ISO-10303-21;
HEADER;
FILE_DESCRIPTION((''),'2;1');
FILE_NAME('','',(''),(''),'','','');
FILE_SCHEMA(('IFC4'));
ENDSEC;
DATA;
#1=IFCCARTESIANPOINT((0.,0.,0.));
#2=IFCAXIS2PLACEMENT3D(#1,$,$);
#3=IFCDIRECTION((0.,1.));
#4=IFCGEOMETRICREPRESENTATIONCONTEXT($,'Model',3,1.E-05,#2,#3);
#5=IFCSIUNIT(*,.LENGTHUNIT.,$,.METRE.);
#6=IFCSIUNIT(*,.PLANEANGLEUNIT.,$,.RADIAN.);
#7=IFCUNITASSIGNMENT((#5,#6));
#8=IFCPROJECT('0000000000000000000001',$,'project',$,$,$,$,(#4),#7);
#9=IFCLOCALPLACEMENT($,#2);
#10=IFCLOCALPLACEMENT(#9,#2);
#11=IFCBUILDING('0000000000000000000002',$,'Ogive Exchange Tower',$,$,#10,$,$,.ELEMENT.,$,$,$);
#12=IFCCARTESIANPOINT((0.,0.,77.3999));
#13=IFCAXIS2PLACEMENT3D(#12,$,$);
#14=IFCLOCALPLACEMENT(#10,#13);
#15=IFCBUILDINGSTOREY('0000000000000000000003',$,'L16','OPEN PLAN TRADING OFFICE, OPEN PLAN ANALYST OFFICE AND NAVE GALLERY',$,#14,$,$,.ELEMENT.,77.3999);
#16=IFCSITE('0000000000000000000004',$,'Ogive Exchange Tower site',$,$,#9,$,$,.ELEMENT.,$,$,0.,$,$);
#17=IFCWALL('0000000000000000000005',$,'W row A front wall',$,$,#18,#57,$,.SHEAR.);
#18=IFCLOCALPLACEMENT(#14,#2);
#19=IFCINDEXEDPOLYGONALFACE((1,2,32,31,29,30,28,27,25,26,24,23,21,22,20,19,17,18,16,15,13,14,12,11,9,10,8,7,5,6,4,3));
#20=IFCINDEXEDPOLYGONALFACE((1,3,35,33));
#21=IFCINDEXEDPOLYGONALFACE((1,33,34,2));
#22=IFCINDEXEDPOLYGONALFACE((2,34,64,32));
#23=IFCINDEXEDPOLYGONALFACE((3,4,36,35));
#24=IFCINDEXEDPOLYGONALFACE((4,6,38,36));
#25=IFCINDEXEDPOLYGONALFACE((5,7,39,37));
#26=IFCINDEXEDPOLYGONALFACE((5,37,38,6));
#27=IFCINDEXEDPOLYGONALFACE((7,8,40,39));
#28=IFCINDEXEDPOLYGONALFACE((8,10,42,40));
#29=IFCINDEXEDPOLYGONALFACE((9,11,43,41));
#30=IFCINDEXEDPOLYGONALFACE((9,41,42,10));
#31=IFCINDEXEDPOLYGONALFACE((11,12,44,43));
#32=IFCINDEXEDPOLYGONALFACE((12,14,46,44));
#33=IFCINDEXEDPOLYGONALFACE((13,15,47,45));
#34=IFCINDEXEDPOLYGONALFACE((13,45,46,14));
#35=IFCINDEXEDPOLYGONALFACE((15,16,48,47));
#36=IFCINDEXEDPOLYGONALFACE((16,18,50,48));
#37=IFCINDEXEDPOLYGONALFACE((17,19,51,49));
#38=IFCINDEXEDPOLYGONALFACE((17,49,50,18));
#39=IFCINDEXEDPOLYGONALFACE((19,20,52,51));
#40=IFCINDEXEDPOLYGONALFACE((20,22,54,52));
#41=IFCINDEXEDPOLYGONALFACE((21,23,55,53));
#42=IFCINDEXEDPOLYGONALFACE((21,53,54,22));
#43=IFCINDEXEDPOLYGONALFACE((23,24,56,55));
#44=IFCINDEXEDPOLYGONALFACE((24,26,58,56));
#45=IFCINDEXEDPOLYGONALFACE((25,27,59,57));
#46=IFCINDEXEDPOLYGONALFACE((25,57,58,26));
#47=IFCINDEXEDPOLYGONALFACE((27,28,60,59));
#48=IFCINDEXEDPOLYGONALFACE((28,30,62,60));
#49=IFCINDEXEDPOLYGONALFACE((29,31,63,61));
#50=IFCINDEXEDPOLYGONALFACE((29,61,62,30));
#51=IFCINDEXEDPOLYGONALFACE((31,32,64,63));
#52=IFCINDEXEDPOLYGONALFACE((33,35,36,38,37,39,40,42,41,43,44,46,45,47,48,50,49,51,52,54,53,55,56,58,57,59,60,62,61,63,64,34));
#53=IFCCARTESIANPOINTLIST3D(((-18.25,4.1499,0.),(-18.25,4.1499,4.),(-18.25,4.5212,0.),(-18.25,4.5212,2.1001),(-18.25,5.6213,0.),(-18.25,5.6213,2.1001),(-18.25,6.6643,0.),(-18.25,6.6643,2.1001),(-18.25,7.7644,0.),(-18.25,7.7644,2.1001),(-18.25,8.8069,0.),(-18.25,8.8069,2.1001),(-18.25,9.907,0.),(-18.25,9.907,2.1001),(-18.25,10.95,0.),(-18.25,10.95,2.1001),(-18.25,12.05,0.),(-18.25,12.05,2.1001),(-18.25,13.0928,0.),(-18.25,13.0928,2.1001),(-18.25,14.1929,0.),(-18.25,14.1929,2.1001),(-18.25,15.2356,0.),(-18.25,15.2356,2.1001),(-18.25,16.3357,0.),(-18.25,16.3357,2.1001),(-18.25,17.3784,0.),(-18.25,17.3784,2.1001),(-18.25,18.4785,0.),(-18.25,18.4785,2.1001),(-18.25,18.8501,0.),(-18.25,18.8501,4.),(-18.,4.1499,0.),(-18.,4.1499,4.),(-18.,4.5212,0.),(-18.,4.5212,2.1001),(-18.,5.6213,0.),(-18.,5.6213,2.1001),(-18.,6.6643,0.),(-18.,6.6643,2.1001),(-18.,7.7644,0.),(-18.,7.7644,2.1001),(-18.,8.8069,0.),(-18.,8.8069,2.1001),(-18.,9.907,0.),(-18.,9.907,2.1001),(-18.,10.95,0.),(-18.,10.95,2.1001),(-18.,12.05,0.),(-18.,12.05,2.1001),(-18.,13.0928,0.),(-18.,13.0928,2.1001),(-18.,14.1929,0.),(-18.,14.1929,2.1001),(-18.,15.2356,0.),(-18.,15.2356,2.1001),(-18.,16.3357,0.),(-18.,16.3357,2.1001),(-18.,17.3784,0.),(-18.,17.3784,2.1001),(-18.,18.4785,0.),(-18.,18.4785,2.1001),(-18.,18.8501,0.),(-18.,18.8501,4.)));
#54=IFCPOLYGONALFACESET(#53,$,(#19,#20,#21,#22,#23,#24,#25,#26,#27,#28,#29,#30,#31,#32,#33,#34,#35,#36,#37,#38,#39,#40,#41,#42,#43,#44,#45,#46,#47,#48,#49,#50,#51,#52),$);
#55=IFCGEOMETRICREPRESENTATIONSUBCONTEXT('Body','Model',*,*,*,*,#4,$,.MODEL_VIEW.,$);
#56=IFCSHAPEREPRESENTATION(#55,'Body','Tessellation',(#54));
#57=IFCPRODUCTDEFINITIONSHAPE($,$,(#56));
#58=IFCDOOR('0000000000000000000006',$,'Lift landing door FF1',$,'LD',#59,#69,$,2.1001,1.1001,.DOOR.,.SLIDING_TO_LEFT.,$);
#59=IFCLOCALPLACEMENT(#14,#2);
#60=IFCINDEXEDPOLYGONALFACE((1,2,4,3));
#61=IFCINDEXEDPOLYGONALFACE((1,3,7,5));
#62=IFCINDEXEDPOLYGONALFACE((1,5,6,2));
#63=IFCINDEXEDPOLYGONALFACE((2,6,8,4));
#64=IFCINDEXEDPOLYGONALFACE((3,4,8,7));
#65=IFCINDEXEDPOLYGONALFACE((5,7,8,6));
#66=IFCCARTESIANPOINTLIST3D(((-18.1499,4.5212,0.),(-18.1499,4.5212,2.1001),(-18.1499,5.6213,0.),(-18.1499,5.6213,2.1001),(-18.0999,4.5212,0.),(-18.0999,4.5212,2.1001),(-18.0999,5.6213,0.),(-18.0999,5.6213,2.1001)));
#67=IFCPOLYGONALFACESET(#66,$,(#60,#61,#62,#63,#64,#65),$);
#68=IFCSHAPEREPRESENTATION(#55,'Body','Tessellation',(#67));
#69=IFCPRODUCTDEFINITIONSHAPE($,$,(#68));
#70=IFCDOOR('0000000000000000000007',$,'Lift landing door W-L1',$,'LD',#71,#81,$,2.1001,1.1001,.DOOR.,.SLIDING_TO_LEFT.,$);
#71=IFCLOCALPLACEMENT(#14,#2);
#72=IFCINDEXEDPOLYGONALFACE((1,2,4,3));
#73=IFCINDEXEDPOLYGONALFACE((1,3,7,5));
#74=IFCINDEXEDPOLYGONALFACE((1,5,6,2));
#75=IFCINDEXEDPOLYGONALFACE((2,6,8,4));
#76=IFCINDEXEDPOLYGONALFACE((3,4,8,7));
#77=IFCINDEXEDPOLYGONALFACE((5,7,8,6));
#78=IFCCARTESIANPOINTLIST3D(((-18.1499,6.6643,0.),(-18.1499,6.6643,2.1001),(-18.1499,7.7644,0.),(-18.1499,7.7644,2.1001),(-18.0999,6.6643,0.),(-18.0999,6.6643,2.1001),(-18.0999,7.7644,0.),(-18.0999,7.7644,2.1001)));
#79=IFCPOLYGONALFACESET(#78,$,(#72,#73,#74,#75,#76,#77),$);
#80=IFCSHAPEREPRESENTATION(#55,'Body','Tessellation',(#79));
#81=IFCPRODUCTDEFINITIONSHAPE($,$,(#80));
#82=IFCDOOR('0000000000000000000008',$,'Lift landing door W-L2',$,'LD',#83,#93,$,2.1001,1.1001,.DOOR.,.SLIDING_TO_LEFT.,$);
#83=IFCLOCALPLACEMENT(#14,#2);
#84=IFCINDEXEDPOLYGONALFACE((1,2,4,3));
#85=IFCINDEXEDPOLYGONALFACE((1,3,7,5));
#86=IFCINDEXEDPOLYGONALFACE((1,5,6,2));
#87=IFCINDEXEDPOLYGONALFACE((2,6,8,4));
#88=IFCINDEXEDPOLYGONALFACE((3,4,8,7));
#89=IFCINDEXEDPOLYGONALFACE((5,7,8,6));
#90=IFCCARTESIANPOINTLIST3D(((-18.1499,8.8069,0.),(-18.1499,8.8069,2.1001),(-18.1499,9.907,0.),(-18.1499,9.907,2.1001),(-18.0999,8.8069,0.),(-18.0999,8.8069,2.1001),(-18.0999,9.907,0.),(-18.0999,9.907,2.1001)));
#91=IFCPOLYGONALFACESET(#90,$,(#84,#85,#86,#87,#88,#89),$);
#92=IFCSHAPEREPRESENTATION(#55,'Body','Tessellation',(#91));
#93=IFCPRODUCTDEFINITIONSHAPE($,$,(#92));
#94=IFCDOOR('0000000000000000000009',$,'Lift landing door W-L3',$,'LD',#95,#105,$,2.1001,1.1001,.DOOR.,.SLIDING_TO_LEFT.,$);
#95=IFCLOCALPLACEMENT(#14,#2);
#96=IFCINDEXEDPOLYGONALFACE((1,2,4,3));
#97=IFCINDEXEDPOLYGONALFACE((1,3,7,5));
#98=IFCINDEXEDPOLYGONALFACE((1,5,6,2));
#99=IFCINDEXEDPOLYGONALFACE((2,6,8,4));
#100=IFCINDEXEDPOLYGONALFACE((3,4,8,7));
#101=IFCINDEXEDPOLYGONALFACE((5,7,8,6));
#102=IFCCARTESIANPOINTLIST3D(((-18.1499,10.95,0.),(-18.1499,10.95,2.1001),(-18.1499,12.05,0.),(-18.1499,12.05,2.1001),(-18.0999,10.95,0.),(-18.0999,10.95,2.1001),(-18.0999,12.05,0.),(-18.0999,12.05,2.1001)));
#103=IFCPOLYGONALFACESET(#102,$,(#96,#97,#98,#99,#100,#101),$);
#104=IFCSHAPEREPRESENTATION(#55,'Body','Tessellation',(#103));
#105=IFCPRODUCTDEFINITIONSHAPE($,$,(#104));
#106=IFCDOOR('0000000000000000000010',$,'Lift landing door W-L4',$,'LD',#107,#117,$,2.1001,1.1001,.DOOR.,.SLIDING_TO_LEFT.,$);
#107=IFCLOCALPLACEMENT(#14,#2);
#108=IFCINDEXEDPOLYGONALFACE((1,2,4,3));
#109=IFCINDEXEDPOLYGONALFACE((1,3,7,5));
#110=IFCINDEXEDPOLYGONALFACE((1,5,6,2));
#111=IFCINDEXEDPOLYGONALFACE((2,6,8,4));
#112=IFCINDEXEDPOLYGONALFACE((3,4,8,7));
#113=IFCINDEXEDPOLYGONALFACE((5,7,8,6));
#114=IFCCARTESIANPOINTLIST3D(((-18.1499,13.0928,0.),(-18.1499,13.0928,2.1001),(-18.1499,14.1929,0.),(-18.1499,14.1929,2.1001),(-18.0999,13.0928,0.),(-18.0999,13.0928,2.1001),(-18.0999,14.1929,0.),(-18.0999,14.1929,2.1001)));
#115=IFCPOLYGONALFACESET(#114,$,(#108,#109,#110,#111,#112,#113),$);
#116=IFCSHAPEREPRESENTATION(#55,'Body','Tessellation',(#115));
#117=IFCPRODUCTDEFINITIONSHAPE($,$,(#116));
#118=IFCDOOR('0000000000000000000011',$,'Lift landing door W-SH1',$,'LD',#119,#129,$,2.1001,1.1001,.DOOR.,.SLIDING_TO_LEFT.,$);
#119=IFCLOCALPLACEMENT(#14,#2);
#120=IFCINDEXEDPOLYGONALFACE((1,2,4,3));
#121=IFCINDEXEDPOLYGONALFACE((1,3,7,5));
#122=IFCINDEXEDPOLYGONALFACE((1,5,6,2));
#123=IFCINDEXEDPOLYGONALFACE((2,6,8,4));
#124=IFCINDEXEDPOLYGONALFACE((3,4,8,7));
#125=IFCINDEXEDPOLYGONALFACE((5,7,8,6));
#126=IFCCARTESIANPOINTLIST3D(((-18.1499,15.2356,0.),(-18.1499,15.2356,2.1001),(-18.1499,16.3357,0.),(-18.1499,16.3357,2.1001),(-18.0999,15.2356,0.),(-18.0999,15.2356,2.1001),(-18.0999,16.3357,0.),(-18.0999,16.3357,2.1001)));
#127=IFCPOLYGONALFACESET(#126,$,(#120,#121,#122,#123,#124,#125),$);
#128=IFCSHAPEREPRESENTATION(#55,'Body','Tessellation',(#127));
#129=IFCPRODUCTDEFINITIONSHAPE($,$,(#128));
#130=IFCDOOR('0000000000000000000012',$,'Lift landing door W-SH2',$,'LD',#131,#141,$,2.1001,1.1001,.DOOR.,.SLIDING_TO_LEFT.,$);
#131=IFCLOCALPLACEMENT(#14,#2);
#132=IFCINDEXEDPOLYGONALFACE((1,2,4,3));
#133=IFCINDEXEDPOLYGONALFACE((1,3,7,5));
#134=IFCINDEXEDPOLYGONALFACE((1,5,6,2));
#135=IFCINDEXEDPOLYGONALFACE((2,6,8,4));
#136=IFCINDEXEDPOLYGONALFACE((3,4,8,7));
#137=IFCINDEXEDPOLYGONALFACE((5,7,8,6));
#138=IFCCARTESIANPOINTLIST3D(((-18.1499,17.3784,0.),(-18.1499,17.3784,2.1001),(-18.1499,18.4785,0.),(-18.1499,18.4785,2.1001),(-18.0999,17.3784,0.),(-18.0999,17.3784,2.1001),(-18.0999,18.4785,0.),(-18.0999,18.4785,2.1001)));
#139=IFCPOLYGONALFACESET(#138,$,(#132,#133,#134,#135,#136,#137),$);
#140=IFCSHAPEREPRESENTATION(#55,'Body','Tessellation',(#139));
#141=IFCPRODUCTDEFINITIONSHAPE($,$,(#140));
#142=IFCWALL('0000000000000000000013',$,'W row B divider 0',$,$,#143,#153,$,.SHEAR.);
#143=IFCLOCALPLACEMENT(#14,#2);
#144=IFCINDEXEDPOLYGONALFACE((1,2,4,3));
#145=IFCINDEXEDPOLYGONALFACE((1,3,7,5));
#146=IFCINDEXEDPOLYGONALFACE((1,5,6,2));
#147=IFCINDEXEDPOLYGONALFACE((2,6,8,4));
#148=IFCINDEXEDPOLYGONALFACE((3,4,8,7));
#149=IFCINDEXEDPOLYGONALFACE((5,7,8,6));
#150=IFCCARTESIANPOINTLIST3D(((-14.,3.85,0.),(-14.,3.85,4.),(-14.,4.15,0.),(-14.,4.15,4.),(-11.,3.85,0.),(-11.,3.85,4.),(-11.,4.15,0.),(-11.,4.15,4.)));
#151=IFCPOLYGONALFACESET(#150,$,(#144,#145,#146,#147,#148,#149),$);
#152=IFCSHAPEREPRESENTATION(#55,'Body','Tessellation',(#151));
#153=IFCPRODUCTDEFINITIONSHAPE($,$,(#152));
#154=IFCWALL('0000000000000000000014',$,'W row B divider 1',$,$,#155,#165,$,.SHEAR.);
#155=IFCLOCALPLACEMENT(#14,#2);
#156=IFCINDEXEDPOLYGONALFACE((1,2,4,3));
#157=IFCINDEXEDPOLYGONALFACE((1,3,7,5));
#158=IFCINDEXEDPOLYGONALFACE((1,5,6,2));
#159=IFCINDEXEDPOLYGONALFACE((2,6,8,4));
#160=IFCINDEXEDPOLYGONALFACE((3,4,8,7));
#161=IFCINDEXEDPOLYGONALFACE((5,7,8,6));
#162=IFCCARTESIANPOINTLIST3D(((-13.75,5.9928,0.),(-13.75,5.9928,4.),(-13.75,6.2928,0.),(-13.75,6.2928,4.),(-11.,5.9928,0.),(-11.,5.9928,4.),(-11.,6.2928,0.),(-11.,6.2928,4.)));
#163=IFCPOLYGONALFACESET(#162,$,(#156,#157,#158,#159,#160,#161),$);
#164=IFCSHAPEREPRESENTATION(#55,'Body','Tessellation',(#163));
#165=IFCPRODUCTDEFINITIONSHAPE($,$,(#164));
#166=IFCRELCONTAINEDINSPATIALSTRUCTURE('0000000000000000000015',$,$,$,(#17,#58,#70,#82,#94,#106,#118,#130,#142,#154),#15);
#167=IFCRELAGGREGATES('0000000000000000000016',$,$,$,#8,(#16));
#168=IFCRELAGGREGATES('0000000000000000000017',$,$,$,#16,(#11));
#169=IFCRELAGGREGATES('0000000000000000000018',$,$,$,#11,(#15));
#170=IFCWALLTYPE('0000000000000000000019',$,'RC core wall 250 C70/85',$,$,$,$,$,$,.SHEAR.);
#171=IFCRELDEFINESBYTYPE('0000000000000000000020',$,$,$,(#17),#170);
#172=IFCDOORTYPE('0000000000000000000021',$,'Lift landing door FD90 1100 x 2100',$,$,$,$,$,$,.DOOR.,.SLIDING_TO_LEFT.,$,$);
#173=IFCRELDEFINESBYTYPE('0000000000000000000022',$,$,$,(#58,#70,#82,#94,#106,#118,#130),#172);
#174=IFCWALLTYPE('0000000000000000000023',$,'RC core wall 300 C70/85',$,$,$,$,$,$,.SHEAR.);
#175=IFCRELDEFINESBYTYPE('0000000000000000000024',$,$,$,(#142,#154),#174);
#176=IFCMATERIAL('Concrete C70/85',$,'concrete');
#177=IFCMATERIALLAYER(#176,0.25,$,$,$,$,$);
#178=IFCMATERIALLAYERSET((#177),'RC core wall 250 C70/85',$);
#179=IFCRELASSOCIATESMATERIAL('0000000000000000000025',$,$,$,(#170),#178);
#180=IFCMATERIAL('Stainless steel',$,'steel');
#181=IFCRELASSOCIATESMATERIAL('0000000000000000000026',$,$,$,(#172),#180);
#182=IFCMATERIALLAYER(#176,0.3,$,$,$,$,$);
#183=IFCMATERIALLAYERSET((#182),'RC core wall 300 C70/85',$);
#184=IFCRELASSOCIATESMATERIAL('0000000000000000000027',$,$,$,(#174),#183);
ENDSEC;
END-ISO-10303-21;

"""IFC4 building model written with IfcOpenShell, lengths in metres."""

from ifc_helpers import new_model, si_unit, direction, frame, frame_2d, origin, place, context, subcontext, project, spatial, rectangle, extrude, material, layer, layer_set, type_object, element, fill, save


model = new_model("IFC4")

# Units and contexts
model_context = context("Model", 3, precision=1e-05, world=origin(), true_north=direction((0.0, 1.0)))
body_context = subcontext(model_context, "Body", "Model", "MODEL_VIEW")
ifc_project = project(units=[si_unit("LENGTHUNIT", "METRE"), si_unit("PLANEANGLEUNIT", "RADIAN")], contexts=[model_context])

# Site, building, storey
site_placement = place(None, origin())
site = spatial("IfcSite", under=ifc_project, at=site_placement, Name="Ogive Exchange Tower site", CompositionType="ELEMENT", RefElevation=0.0)
building_placement = place(site_placement, origin())
building = spatial("IfcBuilding", under=site, at=building_placement, Name="Ogive Exchange Tower", CompositionType="ELEMENT")
storey_placement = place(building_placement, frame((0.0, 0.0, 77.3999)))
storey = spatial("IfcBuildingStorey", under=building, at=storey_placement, Name="L16", Description="OPEN PLAN TRADING OFFICE, OPEN PLAN ANALYST OFFICE AND NAVE GALLERY", CompositionType="ELEMENT", Elevation=77.3999)

# Shared definitions
ifc_material_1 = material(Name="Concrete C70/85", Category="concrete")
ifc_layer_1 = layer(ifc_material_1, 0.25)
ifc_layer_set_1 = layer_set([ifc_layer_1], Name="RC core wall 250 C70/85")
wall_type_1 = type_object("IfcWallType", Name="RC core wall 250 C70/85", PredefinedType="SHEAR", material=ifc_layer_set_1)

# Wall, openings, doors
wall_1_placement = place(storey_placement, frame((-18.125, 4.1499, 0.0), z_axis=(0.0, 0.0, 1.0), x_axis=(0.0, 1.0, 0.0)))
wall_1 = element("IfcWall", 1, at=wall_1_placement, inside=storey, type_object=wall_type_1, Name="W row A front wall", PredefinedType="SHEAR", context=body_context, shape_type="SweptSolid", body=[
    extrude(rectangle(XDim=14.7002, YDim=0.25, at=frame_2d((7.3501, 0.0))), origin(), (0.0, 0.0, 1.0), 4.0),
])
opening_1_placement = place(wall_1_placement, frame((0.3713, 0.0, 0.0)))
opening_1 = element("IfcOpeningElement", 2, at=opening_1_placement, cuts=wall_1, PredefinedType="OPENING", context=body_context, shape_type="SweptSolid", body=[
    extrude(rectangle(XDim=1.1001, YDim=2.1001, at=frame_2d((0.55, 1.05))), frame((0.0, 0.135, 0.0), z_axis=(0.0, -1.0, 0.0), x_axis=(1.0, 0.0, 0.0)), (0.0, 0.0, 1.0), 0.27),
])
opening_2_placement = place(wall_1_placement, frame((2.5144, 0.0, 0.0)))
opening_2 = element("IfcOpeningElement", 3, at=opening_2_placement, cuts=wall_1, PredefinedType="OPENING", context=body_context, shape_type="SweptSolid", body=[
    extrude(rectangle(XDim=1.1001, YDim=2.1001, at=frame_2d((0.55, 1.05))), frame((0.0, 0.135, 0.0), z_axis=(0.0, -1.0, 0.0), x_axis=(1.0, 0.0, 0.0)), (0.0, 0.0, 1.0), 0.27),
])
opening_3_placement = place(wall_1_placement, frame((4.657, 0.0, 0.0)))
opening_3 = element("IfcOpeningElement", 4, at=opening_3_placement, cuts=wall_1, PredefinedType="OPENING", context=body_context, shape_type="SweptSolid", body=[
    extrude(rectangle(XDim=1.1001, YDim=2.1001, at=frame_2d((0.55, 1.05))), frame((0.0, 0.135, 0.0), z_axis=(0.0, -1.0, 0.0), x_axis=(1.0, 0.0, 0.0)), (0.0, 0.0, 1.0), 0.27),
])
opening_4_placement = place(wall_1_placement, frame((6.8, 0.0, 0.0)))
opening_4 = element("IfcOpeningElement", 5, at=opening_4_placement, cuts=wall_1, PredefinedType="OPENING", context=body_context, shape_type="SweptSolid", body=[
    extrude(rectangle(XDim=1.1001, YDim=2.1001, at=frame_2d((0.55, 1.05))), frame((0.0, 0.135, 0.0), z_axis=(0.0, -1.0, 0.0), x_axis=(1.0, 0.0, 0.0)), (0.0, 0.0, 1.0), 0.27),
])
opening_5_placement = place(wall_1_placement, frame((8.9429, 0.0, 0.0)))
opening_5 = element("IfcOpeningElement", 6, at=opening_5_placement, cuts=wall_1, PredefinedType="OPENING", context=body_context, shape_type="SweptSolid", body=[
    extrude(rectangle(XDim=1.1001, YDim=2.1001, at=frame_2d((0.55, 1.05))), frame((0.0, 0.135, 0.0), z_axis=(0.0, -1.0, 0.0), x_axis=(1.0, 0.0, 0.0)), (0.0, 0.0, 1.0), 0.27),
])
opening_6_placement = place(wall_1_placement, frame((11.0857, 0.0, 0.0)))
opening_6 = element("IfcOpeningElement", 7, at=opening_6_placement, cuts=wall_1, PredefinedType="OPENING", context=body_context, shape_type="SweptSolid", body=[
    extrude(rectangle(XDim=1.1001, YDim=2.1001, at=frame_2d((0.55, 1.05))), frame((0.0, 0.135, 0.0), z_axis=(0.0, -1.0, 0.0), x_axis=(1.0, 0.0, 0.0)), (0.0, 0.0, 1.0), 0.27),
])
opening_7_placement = place(wall_1_placement, frame((13.2285, 0.0, 0.0)))
opening_7 = element("IfcOpeningElement", 8, at=opening_7_placement, cuts=wall_1, PredefinedType="OPENING", context=body_context, shape_type="SweptSolid", body=[
    extrude(rectangle(XDim=1.1001, YDim=2.1001, at=frame_2d((0.55, 1.05))), frame((0.0, 0.135, 0.0), z_axis=(0.0, -1.0, 0.0), x_axis=(1.0, 0.0, 0.0)), (0.0, 0.0, 1.0), 0.27),
])
ifc_material_2 = material(Name="Stainless steel", Category="steel")
door_type_1 = type_object("IfcDoorType", Name="Lift landing door FD90 1100 x 2100", OperationType="SLIDING_TO_LEFT", PredefinedType="DOOR", material=ifc_material_2)
door_1_placement = place(opening_1_placement, origin())
door_1 = element("IfcDoor", 9, at=door_1_placement, inside=storey, type_object=door_type_1, Name="Lift landing door FF1", ObjectType="LD", OperationType="SLIDING_TO_LEFT", OverallHeight=2.1001, OverallWidth=1.1001, PredefinedType="DOOR", context=body_context, shape_type="SweptSolid", body=[
    extrude(rectangle(XDim=1.1001, YDim=2.1001, at=frame_2d((0.55, 1.05))), frame((0.0, 0.0249, 0.0), z_axis=(0.0, -1.0, 0.0), x_axis=(1.0, 0.0, 0.0)), (0.0, 0.0, 1.0), 0.05),
])
fill(opening_1, door_1)
door_2_placement = place(opening_2_placement, origin())
door_2 = element("IfcDoor", 10, at=door_2_placement, inside=storey, type_object=door_type_1, Name="Lift landing door W-L1", ObjectType="LD", OperationType="SLIDING_TO_LEFT", OverallHeight=2.1001, OverallWidth=1.1001, PredefinedType="DOOR", context=body_context, shape_type="SweptSolid", body=[
    extrude(rectangle(XDim=1.1001, YDim=2.1001, at=frame_2d((0.55, 1.05))), frame((0.0, 0.0249, 0.0), z_axis=(0.0, -1.0, 0.0), x_axis=(1.0, 0.0, 0.0)), (0.0, 0.0, 1.0), 0.05),
])
fill(opening_2, door_2)
door_3_placement = place(opening_3_placement, origin())
door_3 = element("IfcDoor", 11, at=door_3_placement, inside=storey, type_object=door_type_1, Name="Lift landing door W-L2", ObjectType="LD", OperationType="SLIDING_TO_LEFT", OverallHeight=2.1001, OverallWidth=1.1001, PredefinedType="DOOR", context=body_context, shape_type="SweptSolid", body=[
    extrude(rectangle(XDim=1.1001, YDim=2.1001, at=frame_2d((0.55, 1.05))), frame((0.0, 0.0249, 0.0), z_axis=(0.0, -1.0, 0.0), x_axis=(1.0, 0.0, 0.0)), (0.0, 0.0, 1.0), 0.05),
])
fill(opening_3, door_3)
door_4_placement = place(opening_4_placement, origin())
door_4 = element("IfcDoor", 12, at=door_4_placement, inside=storey, type_object=door_type_1, Name="Lift landing door W-L3", ObjectType="LD", OperationType="SLIDING_TO_LEFT", OverallHeight=2.1001, OverallWidth=1.1001, PredefinedType="DOOR", context=body_context, shape_type="SweptSolid", body=[
    extrude(rectangle(XDim=1.1001, YDim=2.1001, at=frame_2d((0.55, 1.05))), frame((0.0, 0.0249, 0.0), z_axis=(0.0, -1.0, 0.0), x_axis=(1.0, 0.0, 0.0)), (0.0, 0.0, 1.0), 0.05),
])
fill(opening_4, door_4)
door_5_placement = place(opening_5_placement, origin())
door_5 = element("IfcDoor", 13, at=door_5_placement, inside=storey, type_object=door_type_1, Name="Lift landing door W-L4", ObjectType="LD", OperationType="SLIDING_TO_LEFT", OverallHeight=2.1001, OverallWidth=1.1001, PredefinedType="DOOR", context=body_context, shape_type="SweptSolid", body=[
    extrude(rectangle(XDim=1.1001, YDim=2.1001, at=frame_2d((0.55, 1.05))), frame((0.0, 0.0249, 0.0), z_axis=(0.0, -1.0, 0.0), x_axis=(1.0, 0.0, 0.0)), (0.0, 0.0, 1.0), 0.05),
])
fill(opening_5, door_5)
door_6_placement = place(opening_6_placement, origin())
door_6 = element("IfcDoor", 14, at=door_6_placement, inside=storey, type_object=door_type_1, Name="Lift landing door W-SH1", ObjectType="LD", OperationType="SLIDING_TO_LEFT", OverallHeight=2.1001, OverallWidth=1.1001, PredefinedType="DOOR", context=body_context, shape_type="SweptSolid", body=[
    extrude(rectangle(XDim=1.1001, YDim=2.1001, at=frame_2d((0.55, 1.05))), frame((0.0, 0.0249, 0.0), z_axis=(0.0, -1.0, 0.0), x_axis=(1.0, 0.0, 0.0)), (0.0, 0.0, 1.0), 0.05),
])
fill(opening_6, door_6)
door_7_placement = place(opening_7_placement, origin())
door_7 = element("IfcDoor", 15, at=door_7_placement, inside=storey, type_object=door_type_1, Name="Lift landing door W-SH2", ObjectType="LD", OperationType="SLIDING_TO_LEFT", OverallHeight=2.1001, OverallWidth=1.1001, PredefinedType="DOOR", context=body_context, shape_type="SweptSolid", body=[
    extrude(rectangle(XDim=1.1001, YDim=2.1001, at=frame_2d((0.55, 1.05))), frame((0.0, 0.0249, 0.0), z_axis=(0.0, -1.0, 0.0), x_axis=(1.0, 0.0, 0.0)), (0.0, 0.0, 1.0), 0.05),
])
fill(opening_7, door_7)

# Walls
ifc_layer_2 = layer(ifc_material_1, 0.3)
ifc_layer_set_2 = layer_set([ifc_layer_2], Name="RC core wall 300 C70/85")
wall_type_2 = type_object("IfcWallType", Name="RC core wall 300 C70/85", PredefinedType="SHEAR", material=ifc_layer_set_2)
wall_2_placement = place(storey_placement, frame((-14.0, 4.0, 0.0), z_axis=(0.0, 0.0, 1.0), x_axis=(1.0, 0.0, 0.0)))
element("IfcWall", 16, at=wall_2_placement, inside=storey, type_object=wall_type_2, Name="W row B divider 0", PredefinedType="SHEAR", context=body_context, shape_type="SweptSolid", body=[
    extrude(rectangle(XDim=3.0, YDim=0.3, at=frame_2d((1.5, 0.0))), origin(), (0.0, 0.0, 1.0), 4.0),
])
wall_3_placement = place(storey_placement, frame((-13.75, 6.1428, 0.0), z_axis=(0.0, 0.0, 1.0), x_axis=(1.0, 0.0, 0.0)))
element("IfcWall", 17, at=wall_3_placement, inside=storey, type_object=wall_type_2, Name="W row B divider 1", PredefinedType="SHEAR", context=body_context, shape_type="SweptSolid", body=[
    extrude(rectangle(XDim=2.75, YDim=0.3, at=frame_2d((1.375, 0.0))), origin(), (0.0, 0.0, 1.0), 4.0),
])

save(model, "model.ifc")
